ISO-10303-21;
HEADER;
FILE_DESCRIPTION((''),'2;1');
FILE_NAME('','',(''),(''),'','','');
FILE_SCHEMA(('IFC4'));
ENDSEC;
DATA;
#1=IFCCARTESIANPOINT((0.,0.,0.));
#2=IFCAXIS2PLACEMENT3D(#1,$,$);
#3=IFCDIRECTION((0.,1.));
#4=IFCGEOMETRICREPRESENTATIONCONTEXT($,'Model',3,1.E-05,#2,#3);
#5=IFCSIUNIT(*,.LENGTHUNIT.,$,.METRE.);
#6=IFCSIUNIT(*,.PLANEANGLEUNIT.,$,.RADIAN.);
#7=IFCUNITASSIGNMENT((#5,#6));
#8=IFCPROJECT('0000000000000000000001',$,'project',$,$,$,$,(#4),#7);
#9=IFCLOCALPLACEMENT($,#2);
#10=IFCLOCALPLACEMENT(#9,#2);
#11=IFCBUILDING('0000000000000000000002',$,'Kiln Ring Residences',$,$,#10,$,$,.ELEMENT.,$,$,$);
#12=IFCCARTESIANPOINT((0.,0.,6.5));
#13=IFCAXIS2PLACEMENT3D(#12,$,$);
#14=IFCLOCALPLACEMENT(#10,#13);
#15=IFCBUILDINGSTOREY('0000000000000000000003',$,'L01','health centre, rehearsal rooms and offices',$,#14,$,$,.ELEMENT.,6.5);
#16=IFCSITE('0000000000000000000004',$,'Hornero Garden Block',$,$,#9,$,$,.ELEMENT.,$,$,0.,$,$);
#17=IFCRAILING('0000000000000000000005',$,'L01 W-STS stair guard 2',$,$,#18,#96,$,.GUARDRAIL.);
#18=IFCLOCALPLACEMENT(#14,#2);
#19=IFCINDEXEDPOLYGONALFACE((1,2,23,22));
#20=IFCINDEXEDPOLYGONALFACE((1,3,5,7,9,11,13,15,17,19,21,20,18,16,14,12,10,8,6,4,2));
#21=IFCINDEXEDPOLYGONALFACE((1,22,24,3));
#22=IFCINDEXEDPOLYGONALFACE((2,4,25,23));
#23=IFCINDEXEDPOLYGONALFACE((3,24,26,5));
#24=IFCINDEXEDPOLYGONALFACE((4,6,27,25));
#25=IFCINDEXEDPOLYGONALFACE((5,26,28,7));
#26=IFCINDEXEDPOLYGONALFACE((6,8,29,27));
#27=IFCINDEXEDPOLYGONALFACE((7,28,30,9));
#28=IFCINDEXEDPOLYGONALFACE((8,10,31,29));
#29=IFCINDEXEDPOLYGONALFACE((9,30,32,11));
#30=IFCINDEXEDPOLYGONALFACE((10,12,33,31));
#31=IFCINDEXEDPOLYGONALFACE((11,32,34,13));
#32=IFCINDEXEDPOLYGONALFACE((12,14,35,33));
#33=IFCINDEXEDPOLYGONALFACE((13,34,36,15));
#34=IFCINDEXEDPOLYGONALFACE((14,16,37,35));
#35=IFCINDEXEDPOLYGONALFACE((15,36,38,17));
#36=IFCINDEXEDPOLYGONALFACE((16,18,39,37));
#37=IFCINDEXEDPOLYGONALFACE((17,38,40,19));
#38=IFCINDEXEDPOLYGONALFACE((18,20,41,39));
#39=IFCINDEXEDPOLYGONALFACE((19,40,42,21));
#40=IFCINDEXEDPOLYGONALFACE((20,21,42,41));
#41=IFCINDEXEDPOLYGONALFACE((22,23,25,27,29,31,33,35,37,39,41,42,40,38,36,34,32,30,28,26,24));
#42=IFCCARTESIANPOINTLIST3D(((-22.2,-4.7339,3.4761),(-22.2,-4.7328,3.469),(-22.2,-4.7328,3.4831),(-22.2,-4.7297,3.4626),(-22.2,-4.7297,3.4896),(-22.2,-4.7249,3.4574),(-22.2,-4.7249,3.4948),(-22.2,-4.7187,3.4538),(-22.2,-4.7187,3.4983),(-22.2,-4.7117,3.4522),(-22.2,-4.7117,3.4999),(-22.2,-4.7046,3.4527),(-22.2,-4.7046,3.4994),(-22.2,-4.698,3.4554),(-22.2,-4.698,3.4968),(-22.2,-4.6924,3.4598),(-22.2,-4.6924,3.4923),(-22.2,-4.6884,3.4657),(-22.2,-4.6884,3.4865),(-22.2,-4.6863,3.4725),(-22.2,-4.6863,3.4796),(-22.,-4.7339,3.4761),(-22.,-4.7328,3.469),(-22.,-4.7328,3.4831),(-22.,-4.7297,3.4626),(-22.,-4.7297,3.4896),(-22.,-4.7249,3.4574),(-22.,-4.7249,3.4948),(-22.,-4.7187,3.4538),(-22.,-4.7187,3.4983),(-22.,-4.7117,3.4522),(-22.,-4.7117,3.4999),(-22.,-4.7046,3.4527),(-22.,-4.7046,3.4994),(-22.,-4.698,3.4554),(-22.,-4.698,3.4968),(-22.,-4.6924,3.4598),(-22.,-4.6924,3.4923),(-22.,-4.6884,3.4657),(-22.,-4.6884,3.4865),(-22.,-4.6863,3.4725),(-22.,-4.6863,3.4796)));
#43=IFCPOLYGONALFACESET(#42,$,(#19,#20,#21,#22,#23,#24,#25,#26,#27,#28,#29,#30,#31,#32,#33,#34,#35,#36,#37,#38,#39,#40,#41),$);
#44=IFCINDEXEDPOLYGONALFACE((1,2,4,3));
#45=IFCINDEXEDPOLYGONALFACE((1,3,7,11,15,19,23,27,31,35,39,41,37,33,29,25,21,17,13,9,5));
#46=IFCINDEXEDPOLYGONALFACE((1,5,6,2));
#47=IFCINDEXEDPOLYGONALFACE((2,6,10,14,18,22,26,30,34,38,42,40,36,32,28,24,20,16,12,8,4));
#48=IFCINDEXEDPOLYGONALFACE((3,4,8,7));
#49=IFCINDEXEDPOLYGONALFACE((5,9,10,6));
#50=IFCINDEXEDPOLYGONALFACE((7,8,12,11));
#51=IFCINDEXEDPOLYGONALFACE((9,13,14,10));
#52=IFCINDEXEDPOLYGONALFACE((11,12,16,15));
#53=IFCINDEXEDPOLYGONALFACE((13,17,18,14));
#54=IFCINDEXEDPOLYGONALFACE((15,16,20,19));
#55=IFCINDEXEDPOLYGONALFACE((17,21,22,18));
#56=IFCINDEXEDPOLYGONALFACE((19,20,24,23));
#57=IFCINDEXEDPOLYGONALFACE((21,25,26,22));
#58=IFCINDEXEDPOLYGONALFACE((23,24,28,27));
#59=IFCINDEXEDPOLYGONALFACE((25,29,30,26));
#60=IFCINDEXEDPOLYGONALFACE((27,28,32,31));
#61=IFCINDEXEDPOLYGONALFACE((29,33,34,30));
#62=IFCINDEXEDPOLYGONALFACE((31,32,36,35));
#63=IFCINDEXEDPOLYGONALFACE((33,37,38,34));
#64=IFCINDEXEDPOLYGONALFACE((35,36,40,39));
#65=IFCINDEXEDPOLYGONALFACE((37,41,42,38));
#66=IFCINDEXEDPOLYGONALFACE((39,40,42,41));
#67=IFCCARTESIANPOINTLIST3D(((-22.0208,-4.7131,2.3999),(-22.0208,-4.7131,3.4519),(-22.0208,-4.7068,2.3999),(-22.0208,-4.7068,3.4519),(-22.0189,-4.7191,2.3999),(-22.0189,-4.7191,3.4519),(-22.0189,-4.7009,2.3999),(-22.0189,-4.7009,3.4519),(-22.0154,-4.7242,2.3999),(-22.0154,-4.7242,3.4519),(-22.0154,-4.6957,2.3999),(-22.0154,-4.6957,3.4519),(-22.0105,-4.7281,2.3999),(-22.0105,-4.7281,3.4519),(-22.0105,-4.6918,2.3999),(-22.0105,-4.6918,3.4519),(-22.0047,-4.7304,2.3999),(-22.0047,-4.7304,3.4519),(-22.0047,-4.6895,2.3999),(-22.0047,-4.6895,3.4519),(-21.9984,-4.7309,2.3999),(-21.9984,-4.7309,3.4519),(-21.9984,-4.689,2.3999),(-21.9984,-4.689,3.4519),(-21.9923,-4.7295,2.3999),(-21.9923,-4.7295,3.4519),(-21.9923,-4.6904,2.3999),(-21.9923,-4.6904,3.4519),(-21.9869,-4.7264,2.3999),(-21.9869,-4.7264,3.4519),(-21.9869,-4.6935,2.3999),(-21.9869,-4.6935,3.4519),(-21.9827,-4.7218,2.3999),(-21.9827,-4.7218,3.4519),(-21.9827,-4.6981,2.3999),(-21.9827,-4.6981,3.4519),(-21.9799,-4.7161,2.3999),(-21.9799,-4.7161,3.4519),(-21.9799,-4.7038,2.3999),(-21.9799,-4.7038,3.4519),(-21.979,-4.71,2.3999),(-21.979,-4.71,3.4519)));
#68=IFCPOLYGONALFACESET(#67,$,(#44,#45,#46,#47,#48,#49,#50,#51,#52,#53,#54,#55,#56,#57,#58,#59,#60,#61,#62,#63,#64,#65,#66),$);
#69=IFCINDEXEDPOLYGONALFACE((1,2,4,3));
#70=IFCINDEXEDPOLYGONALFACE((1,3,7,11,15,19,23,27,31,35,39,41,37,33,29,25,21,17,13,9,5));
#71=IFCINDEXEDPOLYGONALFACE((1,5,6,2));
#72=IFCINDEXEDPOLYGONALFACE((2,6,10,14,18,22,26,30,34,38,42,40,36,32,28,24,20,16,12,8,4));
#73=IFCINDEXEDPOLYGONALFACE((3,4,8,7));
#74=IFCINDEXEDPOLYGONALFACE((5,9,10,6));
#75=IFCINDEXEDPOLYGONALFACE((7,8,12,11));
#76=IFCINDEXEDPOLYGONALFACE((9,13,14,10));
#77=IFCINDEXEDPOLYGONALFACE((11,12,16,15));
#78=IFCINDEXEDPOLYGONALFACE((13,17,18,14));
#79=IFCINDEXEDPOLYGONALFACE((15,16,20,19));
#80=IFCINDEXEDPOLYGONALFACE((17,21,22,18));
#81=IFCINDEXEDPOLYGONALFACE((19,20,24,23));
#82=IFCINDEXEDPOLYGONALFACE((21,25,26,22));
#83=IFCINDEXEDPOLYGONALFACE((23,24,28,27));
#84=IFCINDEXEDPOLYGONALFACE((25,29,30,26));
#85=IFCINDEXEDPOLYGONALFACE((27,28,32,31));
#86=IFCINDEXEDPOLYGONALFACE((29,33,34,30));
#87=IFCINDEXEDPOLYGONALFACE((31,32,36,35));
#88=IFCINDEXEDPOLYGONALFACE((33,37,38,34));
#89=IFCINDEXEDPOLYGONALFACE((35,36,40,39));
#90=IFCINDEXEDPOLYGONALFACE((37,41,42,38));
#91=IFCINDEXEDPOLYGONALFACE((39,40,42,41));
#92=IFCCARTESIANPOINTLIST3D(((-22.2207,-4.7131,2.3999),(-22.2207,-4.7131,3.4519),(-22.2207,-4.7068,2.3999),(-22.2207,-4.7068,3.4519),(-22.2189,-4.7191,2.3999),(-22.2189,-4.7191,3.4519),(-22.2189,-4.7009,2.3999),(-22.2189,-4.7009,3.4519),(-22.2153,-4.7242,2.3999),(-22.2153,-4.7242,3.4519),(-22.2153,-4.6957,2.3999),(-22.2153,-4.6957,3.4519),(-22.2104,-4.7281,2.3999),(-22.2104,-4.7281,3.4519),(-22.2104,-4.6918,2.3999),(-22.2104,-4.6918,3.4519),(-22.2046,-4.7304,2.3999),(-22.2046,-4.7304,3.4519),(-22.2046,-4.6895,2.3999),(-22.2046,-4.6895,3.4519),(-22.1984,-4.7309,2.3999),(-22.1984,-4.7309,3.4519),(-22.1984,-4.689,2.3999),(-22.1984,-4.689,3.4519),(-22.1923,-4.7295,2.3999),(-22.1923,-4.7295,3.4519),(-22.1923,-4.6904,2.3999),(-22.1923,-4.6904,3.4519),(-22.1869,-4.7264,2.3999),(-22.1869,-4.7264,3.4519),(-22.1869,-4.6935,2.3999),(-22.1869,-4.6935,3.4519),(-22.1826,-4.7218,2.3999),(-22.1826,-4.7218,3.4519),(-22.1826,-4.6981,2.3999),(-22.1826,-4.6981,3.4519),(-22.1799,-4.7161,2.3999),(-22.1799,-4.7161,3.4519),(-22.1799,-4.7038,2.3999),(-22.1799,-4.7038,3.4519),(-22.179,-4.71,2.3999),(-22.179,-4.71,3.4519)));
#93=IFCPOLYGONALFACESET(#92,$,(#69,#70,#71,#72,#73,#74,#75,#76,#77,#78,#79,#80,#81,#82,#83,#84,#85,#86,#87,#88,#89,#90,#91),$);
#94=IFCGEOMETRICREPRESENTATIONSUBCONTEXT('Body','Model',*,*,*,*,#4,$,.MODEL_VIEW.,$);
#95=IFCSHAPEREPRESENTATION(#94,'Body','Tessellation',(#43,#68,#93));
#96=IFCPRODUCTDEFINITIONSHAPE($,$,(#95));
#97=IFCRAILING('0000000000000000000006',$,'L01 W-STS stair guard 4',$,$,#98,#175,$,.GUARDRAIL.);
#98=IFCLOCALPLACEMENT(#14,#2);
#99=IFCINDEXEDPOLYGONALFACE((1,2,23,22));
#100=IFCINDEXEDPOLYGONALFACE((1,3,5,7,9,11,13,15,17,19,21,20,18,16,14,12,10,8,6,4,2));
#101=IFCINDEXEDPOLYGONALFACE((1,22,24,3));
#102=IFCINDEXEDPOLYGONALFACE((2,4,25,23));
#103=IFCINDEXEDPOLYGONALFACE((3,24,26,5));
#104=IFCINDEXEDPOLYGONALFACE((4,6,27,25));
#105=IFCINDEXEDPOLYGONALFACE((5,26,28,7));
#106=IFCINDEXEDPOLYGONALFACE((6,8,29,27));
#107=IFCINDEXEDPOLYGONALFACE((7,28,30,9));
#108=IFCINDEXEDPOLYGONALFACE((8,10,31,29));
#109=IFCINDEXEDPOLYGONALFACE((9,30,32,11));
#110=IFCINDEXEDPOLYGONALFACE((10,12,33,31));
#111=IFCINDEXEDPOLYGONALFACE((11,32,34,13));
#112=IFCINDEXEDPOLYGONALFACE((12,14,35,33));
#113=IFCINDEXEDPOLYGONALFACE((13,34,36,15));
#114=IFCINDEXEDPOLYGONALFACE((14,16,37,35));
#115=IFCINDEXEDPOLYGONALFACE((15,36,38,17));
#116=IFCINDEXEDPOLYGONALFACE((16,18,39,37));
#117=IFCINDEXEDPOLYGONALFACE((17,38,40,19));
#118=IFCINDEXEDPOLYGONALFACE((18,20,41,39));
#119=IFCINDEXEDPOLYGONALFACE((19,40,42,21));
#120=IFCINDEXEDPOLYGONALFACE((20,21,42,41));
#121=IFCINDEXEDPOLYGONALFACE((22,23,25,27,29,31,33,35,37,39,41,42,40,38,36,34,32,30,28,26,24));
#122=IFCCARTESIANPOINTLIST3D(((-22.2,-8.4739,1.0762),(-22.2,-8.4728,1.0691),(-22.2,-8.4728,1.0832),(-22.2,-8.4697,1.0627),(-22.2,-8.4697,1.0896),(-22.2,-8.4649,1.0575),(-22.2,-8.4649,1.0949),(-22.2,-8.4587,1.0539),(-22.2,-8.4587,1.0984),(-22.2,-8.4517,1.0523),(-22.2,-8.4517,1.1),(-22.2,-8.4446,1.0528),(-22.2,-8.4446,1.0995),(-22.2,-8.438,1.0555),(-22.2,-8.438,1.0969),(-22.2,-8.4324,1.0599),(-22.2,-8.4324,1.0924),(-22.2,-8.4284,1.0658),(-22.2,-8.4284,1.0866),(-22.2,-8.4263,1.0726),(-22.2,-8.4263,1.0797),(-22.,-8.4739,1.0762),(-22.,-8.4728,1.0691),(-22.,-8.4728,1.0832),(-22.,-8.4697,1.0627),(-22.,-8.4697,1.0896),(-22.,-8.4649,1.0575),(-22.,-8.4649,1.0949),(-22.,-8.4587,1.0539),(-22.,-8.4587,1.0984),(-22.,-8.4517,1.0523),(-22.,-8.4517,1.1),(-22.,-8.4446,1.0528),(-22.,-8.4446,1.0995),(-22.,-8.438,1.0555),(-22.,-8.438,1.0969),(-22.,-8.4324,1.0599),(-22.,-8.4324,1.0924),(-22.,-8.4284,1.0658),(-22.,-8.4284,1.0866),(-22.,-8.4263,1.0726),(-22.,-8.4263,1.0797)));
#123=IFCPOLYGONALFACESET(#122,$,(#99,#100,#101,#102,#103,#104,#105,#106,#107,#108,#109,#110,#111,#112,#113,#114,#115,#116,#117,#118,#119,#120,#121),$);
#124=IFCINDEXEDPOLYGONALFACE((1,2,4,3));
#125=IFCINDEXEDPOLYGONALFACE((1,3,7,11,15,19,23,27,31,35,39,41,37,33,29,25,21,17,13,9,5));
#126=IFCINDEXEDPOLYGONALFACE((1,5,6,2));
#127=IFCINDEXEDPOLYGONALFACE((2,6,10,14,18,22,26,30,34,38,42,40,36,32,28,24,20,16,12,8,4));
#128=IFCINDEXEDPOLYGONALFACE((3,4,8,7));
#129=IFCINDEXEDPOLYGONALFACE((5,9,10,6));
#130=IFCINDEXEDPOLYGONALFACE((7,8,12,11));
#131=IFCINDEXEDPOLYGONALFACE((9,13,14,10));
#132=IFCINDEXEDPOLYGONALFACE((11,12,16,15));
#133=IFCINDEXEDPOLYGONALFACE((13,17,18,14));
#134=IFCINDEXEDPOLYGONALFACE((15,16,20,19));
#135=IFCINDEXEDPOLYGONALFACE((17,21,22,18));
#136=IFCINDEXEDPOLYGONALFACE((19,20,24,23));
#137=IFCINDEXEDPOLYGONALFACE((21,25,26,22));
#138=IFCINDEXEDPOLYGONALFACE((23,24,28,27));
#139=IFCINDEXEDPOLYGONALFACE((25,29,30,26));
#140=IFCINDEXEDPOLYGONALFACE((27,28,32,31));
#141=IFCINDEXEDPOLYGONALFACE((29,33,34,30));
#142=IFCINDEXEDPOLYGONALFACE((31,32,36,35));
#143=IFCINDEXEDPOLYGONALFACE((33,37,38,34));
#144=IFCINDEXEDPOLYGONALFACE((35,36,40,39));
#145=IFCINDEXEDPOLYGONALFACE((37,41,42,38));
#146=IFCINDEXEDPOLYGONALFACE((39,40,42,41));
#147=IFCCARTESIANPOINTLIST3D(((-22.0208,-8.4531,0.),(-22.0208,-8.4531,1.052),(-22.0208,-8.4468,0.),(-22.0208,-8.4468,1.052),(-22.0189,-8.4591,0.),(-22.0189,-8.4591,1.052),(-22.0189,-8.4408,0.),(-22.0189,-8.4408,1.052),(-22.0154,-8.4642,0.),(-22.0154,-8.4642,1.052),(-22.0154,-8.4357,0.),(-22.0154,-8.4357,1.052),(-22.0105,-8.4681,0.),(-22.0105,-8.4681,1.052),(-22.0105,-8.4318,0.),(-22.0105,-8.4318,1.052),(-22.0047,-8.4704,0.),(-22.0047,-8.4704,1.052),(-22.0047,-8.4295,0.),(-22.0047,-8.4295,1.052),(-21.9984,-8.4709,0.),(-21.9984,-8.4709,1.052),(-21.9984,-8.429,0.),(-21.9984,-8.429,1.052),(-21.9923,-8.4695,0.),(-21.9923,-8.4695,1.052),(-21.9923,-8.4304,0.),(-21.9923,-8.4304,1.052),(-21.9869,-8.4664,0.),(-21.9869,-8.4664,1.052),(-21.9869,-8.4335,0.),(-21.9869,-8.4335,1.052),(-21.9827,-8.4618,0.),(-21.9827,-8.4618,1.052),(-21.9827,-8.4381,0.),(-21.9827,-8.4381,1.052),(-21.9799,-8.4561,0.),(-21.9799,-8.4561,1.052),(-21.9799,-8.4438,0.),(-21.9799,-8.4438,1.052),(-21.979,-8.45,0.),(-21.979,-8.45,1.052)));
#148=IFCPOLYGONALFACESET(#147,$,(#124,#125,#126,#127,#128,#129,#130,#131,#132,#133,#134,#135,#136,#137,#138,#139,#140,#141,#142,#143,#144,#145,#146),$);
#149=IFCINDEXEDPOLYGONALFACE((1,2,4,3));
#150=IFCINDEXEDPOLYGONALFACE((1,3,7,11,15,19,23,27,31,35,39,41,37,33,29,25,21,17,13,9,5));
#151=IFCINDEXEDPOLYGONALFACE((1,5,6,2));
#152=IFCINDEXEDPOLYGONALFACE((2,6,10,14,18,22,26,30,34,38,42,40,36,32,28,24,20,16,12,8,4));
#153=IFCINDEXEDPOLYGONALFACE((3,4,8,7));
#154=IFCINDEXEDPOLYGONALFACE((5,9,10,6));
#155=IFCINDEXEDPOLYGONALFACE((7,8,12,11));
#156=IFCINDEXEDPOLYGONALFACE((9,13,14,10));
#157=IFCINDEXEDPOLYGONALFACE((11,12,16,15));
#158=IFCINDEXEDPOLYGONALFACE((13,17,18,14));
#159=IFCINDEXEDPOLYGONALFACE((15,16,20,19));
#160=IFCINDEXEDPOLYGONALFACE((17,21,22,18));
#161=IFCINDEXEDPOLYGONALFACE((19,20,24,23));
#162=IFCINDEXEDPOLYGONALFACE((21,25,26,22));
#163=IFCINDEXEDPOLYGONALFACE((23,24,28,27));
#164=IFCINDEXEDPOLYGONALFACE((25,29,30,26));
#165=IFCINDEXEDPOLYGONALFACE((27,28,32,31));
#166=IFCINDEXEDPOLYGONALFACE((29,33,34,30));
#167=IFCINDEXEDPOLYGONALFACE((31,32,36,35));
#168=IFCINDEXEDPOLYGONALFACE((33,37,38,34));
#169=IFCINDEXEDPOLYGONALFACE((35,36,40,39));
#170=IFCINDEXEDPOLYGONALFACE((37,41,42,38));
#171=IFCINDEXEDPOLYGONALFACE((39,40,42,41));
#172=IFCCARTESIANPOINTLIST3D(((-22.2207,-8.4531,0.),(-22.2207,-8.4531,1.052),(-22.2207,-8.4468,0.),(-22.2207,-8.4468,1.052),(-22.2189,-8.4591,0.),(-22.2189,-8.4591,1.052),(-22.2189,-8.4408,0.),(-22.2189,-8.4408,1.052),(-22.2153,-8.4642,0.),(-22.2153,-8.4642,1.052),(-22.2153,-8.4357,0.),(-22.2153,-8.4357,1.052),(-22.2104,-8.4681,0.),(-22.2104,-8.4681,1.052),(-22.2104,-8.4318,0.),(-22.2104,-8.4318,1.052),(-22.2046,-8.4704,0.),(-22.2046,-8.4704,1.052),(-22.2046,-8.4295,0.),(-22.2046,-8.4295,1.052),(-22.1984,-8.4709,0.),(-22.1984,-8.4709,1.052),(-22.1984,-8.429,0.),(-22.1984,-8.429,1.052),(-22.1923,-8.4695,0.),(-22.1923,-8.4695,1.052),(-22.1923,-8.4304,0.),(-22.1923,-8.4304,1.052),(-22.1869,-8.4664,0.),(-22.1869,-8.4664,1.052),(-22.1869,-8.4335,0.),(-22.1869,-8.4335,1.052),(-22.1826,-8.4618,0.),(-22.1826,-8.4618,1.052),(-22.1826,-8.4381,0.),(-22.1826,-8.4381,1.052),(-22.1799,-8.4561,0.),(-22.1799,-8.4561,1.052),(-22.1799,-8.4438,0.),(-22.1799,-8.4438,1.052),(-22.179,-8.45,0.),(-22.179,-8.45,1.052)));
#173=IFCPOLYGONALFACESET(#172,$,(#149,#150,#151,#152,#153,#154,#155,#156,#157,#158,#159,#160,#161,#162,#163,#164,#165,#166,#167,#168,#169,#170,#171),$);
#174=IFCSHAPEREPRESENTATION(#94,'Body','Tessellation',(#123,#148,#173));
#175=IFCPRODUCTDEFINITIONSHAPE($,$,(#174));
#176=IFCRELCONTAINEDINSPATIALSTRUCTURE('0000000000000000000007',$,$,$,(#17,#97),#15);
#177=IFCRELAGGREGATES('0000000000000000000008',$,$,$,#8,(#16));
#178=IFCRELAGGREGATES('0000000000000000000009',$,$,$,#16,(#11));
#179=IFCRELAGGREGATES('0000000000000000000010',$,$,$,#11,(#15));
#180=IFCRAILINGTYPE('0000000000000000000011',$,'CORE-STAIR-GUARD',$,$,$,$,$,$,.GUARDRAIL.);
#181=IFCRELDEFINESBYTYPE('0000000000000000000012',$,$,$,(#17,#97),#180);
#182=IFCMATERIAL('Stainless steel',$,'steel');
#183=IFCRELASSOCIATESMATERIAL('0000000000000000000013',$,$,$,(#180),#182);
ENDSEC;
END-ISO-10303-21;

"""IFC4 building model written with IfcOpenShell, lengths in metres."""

from ifc_helpers import new_model, si_unit, direction, frame, origin, origin_2d, place, context, subcontext, project, spatial, circle, extrude, material, type_object, element, save


model = new_model("IFC4")

# Units and contexts
model_context = context("Model", 3, precision=1e-05, world=origin(), true_north=direction((0.0, 1.0)))
body_context = subcontext(model_context, "Body", "Model", "MODEL_VIEW")
ifc_project = project(units=[si_unit("LENGTHUNIT", "METRE"), si_unit("PLANEANGLEUNIT", "RADIAN")], contexts=[model_context])

# Site, building, storey
site_placement = place(None, origin())
site = spatial("IfcSite", under=ifc_project, at=site_placement, Name="Hornero Garden Block", CompositionType="ELEMENT", RefElevation=0.0)
building_placement = place(site_placement, origin())
building = spatial("IfcBuilding", under=site, at=building_placement, Name="Kiln Ring Residences", CompositionType="ELEMENT")
storey_placement = place(building_placement, frame((0.0, 0.0, 6.5)))
storey = spatial("IfcBuildingStorey", under=building, at=storey_placement, Name="L01", Description="health centre, rehearsal rooms and offices", CompositionType="ELEMENT", Elevation=6.5)

# Railings
ifc_material_1 = material(Name="Stainless steel", Category="steel")
railing_type_1 = type_object("IfcRailingType", Name="CORE-STAIR-GUARD", PredefinedType="GUARDRAIL", material=ifc_material_1)
for number, where, name in (
    (1, (-22.0, -4.71, 2.3999), "L01 W-STS stair guard 2"),
    (2, (-22.0, -8.45, 0.0), "L01 W-STS stair guard 4"),
):
    element("IfcRailing", number, at=place(storey_placement, frame(where)), inside=storey, type_object=railing_type_1, Name=name, PredefinedType="GUARDRAIL", context=body_context, shape_type="SweptSolid", body=[
        extrude(circle(Radius=0.0239, at=origin_2d()), frame((0.0, 0.0, 1.0762), z_axis=(-1.0, 0.0, 0.0), x_axis=(0.0, -1.0, 0.0)), (0.0, 0.0, 1.0), 0.2),
        extrude(circle(Radius=0.021, at=origin_2d()), origin(), (0.0, 0.0, 1.0), 1.052),
        extrude(circle(Radius=0.021, at=origin_2d()), frame((-0.2, 0.0, 0.0)), (0.0, 0.0, 1.0), 1.052),
    ])

save(model, "model.ifc")
